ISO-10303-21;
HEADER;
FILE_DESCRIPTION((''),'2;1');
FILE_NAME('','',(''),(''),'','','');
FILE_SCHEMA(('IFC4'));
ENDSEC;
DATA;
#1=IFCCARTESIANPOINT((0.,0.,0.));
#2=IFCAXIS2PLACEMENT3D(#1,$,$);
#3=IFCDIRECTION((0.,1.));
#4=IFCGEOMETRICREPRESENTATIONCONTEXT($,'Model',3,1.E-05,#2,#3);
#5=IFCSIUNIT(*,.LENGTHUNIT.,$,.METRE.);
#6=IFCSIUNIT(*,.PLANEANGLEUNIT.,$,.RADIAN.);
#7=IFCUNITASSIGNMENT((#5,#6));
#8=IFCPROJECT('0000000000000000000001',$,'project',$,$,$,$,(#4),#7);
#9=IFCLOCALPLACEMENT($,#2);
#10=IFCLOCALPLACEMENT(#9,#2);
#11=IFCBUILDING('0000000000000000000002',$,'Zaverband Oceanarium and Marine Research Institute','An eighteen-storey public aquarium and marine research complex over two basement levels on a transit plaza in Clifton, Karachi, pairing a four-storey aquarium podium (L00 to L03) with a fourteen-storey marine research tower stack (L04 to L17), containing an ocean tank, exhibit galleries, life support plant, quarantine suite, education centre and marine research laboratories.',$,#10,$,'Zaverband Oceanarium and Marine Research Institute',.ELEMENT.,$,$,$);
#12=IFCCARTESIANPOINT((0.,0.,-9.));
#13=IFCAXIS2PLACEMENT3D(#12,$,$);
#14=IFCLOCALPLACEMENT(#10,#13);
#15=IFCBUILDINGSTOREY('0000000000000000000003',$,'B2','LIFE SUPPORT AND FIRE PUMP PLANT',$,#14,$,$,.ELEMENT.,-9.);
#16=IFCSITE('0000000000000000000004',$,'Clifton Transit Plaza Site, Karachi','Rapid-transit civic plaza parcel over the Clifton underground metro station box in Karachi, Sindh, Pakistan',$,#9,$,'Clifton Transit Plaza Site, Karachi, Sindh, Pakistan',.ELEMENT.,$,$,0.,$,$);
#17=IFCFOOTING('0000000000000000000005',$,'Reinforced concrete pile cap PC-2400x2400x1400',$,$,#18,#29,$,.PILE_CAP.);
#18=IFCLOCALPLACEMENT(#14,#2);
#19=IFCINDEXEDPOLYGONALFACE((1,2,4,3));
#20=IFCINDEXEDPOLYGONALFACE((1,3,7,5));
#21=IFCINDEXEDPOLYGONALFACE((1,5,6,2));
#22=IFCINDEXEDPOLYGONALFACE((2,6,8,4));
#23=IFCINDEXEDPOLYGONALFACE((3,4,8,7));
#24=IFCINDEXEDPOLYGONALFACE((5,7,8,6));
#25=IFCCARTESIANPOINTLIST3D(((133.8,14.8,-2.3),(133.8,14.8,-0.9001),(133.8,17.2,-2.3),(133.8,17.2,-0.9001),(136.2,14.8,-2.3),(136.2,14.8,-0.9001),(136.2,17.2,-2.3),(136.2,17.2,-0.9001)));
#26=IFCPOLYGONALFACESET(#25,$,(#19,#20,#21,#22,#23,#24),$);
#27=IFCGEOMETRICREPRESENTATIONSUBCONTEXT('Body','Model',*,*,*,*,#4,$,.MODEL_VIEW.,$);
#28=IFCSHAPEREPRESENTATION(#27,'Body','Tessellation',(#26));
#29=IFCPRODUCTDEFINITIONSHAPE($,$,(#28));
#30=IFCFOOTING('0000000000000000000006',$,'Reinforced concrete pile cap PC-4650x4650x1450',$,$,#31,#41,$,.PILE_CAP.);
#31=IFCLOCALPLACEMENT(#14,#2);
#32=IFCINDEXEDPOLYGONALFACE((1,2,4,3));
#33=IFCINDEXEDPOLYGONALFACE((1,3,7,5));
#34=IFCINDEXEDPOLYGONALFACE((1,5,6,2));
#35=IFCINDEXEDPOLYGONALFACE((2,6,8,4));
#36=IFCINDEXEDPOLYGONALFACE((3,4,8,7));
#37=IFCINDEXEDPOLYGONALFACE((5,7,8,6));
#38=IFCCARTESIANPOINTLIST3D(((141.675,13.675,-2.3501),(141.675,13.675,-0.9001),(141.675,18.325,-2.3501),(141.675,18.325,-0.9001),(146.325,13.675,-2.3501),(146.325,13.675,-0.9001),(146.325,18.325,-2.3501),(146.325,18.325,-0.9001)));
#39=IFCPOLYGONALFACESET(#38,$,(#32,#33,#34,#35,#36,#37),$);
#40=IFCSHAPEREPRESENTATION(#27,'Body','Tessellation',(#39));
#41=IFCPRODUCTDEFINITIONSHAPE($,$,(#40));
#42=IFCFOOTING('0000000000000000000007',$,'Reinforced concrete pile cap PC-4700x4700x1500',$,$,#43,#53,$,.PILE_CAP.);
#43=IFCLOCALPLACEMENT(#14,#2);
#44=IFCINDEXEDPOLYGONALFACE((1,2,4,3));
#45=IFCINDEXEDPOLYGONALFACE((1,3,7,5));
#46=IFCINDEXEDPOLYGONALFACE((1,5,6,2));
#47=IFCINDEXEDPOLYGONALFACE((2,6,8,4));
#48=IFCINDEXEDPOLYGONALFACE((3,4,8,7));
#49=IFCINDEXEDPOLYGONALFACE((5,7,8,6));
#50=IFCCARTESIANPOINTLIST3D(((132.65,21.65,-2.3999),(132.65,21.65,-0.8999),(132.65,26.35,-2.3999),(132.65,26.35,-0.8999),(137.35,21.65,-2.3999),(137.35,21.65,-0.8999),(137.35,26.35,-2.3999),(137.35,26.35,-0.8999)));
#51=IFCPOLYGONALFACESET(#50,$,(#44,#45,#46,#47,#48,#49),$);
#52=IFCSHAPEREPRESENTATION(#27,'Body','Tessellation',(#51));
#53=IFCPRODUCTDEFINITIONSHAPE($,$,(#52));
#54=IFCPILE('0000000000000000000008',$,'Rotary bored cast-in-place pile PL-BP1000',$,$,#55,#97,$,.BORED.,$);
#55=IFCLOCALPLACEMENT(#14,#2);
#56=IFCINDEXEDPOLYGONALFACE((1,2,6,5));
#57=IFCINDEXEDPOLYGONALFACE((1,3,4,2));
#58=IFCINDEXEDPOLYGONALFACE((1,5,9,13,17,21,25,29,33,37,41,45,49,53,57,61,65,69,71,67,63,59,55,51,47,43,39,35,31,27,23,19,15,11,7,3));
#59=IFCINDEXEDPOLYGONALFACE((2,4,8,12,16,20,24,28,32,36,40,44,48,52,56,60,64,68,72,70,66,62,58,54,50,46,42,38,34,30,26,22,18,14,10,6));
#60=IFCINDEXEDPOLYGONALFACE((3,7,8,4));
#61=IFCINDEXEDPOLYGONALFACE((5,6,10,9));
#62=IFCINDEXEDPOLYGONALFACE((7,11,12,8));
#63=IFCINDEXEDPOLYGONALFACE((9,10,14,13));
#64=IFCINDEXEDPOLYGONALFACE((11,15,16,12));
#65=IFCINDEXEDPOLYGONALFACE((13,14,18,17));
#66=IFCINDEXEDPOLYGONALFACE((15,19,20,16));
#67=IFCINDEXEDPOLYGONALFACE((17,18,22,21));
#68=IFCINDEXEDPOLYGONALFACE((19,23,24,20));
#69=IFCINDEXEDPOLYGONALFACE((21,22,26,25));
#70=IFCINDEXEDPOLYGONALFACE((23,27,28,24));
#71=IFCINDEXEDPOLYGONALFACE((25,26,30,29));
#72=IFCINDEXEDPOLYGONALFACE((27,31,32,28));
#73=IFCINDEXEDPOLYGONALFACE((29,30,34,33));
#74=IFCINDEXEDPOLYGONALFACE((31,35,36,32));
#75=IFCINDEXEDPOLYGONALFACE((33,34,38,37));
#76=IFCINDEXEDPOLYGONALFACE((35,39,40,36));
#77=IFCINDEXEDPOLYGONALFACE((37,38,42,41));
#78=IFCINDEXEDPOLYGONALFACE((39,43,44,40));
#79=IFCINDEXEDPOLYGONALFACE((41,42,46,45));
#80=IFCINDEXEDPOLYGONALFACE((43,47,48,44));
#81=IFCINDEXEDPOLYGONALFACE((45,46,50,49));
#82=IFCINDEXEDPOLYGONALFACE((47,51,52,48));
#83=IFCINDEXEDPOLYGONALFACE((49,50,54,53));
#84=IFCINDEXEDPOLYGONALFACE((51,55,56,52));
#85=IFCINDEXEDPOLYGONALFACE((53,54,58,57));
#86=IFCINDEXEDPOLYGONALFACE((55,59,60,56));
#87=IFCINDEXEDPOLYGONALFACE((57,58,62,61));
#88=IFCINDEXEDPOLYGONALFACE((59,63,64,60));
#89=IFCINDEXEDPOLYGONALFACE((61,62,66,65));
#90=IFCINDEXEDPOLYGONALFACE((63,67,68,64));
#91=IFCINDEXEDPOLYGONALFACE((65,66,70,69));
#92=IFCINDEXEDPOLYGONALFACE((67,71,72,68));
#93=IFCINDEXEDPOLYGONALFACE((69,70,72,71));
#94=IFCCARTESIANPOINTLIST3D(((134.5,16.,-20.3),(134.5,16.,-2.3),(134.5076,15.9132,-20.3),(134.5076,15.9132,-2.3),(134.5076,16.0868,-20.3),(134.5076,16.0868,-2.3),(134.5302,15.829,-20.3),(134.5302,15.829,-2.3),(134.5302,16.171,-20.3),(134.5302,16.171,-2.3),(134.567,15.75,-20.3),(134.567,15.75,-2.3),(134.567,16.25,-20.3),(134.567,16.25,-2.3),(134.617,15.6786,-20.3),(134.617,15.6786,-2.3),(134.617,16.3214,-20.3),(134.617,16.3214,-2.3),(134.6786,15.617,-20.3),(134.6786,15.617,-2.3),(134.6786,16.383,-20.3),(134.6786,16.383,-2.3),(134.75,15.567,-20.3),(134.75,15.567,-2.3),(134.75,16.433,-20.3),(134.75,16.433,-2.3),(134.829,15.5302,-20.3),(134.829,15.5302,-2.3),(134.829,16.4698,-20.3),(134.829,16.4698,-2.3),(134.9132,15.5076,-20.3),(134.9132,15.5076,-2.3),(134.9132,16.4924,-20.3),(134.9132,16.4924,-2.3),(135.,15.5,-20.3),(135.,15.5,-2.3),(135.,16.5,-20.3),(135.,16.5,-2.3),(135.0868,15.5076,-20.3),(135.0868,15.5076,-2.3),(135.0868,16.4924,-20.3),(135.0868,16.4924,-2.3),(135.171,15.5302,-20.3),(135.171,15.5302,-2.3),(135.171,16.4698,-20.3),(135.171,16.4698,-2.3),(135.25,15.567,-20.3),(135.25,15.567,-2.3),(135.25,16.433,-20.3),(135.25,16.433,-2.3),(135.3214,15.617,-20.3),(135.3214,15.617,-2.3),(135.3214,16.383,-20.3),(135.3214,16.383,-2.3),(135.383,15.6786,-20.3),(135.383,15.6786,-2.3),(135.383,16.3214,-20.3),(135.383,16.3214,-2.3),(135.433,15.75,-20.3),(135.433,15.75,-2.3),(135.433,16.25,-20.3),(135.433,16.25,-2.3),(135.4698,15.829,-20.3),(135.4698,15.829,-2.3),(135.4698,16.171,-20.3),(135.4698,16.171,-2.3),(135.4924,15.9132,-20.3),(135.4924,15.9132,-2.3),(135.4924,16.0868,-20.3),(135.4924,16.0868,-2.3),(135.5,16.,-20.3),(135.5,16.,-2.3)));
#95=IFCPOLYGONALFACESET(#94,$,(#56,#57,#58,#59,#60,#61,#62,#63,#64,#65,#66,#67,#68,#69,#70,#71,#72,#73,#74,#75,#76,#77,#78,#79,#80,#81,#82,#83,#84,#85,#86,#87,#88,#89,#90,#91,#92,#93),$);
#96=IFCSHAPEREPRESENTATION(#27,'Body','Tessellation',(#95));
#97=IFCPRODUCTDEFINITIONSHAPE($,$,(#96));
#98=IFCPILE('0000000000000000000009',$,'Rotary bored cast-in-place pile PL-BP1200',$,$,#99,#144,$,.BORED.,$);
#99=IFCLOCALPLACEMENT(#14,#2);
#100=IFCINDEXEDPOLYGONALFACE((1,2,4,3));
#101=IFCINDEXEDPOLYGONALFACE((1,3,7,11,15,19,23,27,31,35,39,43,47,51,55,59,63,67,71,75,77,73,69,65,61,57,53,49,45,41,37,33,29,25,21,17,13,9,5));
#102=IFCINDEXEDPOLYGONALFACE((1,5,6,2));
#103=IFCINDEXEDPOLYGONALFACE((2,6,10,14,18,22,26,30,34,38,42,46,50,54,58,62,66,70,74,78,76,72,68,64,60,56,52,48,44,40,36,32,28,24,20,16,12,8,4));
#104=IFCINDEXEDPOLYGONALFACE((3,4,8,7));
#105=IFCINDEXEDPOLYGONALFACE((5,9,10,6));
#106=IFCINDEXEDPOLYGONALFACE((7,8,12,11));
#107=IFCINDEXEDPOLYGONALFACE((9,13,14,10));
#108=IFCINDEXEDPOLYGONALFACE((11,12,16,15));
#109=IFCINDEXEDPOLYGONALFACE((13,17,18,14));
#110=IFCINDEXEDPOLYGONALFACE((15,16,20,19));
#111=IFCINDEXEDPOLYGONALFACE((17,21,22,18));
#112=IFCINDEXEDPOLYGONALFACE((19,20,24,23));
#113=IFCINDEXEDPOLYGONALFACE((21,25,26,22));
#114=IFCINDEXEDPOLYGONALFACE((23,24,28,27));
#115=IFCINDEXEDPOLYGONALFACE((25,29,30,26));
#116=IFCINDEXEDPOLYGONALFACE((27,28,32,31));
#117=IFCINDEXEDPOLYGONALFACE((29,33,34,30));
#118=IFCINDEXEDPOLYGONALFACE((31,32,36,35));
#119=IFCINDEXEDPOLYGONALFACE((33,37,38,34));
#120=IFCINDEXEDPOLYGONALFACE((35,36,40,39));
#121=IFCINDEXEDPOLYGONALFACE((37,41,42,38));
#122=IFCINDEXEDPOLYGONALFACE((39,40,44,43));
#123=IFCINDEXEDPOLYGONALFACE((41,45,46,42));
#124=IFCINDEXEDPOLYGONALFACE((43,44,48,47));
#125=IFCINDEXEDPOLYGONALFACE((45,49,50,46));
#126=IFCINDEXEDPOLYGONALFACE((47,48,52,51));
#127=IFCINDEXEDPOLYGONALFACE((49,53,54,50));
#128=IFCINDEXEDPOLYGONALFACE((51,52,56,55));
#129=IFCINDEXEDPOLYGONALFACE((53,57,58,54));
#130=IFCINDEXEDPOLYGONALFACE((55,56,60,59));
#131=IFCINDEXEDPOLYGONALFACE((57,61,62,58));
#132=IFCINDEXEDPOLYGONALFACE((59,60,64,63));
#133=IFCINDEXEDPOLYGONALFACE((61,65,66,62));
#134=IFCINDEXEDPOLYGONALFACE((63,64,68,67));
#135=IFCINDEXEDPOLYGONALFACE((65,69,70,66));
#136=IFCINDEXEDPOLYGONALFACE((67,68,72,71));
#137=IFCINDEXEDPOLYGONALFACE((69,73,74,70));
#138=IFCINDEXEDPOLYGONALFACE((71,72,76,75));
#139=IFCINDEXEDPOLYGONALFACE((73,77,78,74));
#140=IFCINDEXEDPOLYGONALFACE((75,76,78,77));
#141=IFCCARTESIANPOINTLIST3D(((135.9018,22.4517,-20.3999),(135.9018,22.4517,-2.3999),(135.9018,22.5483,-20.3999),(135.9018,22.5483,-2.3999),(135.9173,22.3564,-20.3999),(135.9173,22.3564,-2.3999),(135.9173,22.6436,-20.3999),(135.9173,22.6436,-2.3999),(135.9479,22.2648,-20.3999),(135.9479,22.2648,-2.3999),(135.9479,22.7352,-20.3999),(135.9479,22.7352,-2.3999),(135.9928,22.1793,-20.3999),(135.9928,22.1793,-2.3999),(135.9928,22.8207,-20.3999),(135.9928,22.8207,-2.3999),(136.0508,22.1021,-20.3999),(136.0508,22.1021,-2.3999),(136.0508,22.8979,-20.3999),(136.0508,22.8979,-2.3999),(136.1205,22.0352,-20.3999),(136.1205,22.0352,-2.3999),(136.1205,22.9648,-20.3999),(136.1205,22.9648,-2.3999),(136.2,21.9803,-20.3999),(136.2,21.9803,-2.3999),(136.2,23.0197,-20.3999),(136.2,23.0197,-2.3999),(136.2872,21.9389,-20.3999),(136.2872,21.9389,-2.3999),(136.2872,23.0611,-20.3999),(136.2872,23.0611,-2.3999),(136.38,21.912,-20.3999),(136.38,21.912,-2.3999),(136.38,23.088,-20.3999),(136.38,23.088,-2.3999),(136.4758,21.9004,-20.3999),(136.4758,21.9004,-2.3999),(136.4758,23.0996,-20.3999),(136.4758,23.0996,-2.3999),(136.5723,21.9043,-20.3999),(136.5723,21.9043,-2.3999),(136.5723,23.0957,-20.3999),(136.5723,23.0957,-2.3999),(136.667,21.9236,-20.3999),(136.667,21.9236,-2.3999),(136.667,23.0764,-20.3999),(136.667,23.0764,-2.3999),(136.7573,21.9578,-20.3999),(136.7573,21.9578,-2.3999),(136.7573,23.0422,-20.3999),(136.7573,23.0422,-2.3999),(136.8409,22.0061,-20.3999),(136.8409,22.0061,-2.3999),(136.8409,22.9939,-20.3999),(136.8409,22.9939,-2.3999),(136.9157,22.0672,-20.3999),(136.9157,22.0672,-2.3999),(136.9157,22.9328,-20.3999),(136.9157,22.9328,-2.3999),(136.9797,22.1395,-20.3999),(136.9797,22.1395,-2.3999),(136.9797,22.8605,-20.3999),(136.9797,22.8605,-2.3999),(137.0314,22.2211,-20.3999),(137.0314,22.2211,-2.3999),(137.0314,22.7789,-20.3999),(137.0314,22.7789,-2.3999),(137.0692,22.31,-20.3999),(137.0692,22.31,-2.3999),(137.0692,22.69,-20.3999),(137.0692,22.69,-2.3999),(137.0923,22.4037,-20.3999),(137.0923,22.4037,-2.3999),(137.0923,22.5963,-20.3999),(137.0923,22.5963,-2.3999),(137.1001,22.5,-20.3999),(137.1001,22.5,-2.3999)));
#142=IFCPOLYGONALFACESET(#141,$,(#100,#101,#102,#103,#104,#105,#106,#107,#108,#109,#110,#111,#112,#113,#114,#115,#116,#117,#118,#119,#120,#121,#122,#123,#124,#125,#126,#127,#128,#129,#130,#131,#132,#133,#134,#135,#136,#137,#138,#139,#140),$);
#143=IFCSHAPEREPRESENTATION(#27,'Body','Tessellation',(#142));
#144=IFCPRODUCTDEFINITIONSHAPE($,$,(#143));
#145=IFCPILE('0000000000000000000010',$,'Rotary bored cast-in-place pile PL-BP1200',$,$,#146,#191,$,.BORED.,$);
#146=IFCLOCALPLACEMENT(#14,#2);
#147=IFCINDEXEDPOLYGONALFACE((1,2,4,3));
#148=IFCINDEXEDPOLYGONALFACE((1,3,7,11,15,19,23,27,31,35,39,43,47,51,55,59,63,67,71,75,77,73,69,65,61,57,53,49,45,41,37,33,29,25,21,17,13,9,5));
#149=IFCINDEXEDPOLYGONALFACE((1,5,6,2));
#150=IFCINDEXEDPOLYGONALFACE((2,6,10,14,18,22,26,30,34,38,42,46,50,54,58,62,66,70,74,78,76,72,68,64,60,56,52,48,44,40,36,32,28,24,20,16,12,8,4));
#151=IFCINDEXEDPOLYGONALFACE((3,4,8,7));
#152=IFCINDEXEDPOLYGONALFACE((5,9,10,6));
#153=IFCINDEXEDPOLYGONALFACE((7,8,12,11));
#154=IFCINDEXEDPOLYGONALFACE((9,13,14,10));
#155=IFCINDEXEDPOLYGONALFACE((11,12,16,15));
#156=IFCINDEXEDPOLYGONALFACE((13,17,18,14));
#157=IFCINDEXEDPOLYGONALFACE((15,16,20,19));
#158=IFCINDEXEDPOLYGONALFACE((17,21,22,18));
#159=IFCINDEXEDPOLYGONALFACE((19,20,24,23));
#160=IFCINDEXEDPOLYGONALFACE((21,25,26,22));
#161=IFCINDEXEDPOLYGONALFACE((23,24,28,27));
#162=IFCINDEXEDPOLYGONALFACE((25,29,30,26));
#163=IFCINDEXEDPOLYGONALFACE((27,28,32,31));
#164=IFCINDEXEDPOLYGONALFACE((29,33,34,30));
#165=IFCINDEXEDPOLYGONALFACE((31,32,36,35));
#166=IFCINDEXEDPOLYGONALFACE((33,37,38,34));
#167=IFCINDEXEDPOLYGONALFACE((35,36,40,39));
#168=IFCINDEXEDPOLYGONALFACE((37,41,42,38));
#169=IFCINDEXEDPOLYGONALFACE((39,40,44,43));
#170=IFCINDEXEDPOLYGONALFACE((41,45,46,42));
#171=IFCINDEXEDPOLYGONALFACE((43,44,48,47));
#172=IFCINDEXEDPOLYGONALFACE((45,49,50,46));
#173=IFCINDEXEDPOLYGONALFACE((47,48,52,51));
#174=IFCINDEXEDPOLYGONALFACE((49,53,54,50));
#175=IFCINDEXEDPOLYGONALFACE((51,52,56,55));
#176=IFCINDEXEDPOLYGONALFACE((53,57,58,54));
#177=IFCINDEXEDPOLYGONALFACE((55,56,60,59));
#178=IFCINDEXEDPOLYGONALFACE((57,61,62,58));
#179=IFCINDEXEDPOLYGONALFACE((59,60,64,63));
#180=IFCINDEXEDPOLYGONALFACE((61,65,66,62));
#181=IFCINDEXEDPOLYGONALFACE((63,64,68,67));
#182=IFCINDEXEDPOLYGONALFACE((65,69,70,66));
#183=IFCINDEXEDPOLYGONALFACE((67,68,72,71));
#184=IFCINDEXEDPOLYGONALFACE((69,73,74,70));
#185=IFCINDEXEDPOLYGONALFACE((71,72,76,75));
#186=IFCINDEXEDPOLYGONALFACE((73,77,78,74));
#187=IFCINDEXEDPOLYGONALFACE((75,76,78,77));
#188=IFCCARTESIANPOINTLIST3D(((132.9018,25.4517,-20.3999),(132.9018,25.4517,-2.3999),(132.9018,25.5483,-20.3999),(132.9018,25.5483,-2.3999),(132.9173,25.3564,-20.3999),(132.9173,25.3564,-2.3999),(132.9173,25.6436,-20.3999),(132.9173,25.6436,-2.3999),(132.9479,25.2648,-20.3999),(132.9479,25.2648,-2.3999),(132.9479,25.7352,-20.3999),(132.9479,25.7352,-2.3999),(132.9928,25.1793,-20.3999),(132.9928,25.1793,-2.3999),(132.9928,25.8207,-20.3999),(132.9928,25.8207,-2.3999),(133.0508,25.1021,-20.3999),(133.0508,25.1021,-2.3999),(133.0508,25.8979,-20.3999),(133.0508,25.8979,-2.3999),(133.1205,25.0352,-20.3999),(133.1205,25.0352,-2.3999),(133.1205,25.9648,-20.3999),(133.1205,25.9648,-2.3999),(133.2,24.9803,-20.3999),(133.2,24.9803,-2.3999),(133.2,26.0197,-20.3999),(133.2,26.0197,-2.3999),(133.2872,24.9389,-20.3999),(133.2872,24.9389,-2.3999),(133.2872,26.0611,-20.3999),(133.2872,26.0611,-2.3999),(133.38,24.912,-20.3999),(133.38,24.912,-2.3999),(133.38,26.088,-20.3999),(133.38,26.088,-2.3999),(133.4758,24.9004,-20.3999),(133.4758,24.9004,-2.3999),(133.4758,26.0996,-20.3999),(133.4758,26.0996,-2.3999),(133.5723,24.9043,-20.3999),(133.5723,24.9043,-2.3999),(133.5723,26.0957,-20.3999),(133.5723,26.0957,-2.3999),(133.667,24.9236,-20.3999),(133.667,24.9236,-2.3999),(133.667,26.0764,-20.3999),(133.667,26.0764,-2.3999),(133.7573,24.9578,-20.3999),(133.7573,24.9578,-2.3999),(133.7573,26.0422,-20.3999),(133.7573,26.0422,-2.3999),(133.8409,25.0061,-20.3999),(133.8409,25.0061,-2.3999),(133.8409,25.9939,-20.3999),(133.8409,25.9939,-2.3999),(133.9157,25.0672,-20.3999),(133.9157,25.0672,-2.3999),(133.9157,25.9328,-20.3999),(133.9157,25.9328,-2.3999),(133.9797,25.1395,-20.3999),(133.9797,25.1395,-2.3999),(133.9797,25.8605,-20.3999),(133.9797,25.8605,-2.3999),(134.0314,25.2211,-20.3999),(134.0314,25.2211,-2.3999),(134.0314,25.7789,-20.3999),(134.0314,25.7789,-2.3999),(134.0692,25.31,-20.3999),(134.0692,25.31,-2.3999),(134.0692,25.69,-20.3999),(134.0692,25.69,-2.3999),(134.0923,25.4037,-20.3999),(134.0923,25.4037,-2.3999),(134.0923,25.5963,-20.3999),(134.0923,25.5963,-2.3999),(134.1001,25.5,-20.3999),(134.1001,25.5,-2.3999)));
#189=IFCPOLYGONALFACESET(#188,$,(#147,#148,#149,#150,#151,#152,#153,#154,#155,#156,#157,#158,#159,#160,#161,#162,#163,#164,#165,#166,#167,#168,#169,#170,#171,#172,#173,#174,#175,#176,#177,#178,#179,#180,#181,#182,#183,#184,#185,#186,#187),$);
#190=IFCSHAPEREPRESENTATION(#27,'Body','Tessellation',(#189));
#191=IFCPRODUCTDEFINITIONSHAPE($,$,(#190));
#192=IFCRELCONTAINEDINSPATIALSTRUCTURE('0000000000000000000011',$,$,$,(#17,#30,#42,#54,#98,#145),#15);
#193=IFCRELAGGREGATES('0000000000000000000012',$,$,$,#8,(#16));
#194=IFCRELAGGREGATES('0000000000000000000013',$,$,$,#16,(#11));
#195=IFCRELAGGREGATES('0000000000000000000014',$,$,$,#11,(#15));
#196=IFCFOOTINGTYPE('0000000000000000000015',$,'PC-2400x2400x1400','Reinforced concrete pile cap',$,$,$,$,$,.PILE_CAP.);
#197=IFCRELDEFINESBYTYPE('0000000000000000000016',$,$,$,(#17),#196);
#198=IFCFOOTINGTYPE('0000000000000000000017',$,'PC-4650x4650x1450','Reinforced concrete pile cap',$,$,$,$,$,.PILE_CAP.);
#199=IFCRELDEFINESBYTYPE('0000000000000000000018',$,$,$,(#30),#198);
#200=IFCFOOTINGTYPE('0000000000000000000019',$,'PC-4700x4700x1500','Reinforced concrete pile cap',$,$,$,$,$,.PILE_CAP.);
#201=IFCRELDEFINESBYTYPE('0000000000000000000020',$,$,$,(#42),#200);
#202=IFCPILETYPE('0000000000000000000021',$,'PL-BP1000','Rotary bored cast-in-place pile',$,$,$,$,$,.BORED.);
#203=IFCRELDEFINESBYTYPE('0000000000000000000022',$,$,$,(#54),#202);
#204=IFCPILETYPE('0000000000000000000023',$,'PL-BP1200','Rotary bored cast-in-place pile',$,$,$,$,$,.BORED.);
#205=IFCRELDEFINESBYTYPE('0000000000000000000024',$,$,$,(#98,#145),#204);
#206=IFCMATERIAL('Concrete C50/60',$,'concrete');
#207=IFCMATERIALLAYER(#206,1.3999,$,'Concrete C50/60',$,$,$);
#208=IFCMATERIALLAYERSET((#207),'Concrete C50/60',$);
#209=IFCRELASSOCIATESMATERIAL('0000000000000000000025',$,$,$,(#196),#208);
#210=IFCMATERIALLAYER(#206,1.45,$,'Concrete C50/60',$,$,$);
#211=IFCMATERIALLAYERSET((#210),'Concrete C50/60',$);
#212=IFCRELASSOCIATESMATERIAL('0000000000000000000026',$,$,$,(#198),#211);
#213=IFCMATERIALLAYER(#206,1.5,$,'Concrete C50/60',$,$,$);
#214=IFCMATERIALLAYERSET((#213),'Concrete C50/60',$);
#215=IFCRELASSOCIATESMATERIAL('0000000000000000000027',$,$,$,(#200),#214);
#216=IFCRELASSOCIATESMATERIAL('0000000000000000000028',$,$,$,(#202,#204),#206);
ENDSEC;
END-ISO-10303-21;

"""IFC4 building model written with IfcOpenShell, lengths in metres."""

from ifc_helpers import new_model, si_unit, direction, frame, origin, origin_2d, place, context, subcontext, project, spatial, rectangle, circle, extrude, material, layer, layer_set, material_profile, profile_set, type_object, element, save


model = new_model("IFC4")

# Units and contexts
model_context = context("Model", 3, precision=1e-05, world=origin(), true_north=direction((0.0, 1.0)))
body_context = subcontext(model_context, "Body", "Model", "MODEL_VIEW")
ifc_project = project(units=[si_unit("LENGTHUNIT", "METRE"), si_unit("PLANEANGLEUNIT", "RADIAN")], contexts=[model_context])

# Site, building, storey
site_placement = place(None, origin())
site = spatial("IfcSite", under=ifc_project, at=site_placement, Name="Clifton Transit Plaza Site, Karachi", Description="Rapid-transit civic plaza parcel over the Clifton underground metro station box in Karachi, Sindh, Pakistan", LongName="Clifton Transit Plaza Site, Karachi, Sindh, Pakistan", CompositionType="ELEMENT", RefElevation=0.0)
building_placement = place(site_placement, origin())
building = spatial("IfcBuilding", under=site, at=building_placement, Name="Zaverband Oceanarium and Marine Research Institute", Description="An eighteen-storey public aquarium and marine research complex over two basement levels on a transit plaza in Clifton, Karachi, pairing a four-storey aquarium podium (L00 to L03) with a fourteen-storey marine research tower stack (L04 to L17), containing an ocean tank, exhibit galleries, life support plant, quarantine suite, education centre and marine research laboratories.", LongName="Zaverband Oceanarium and Marine Research Institute", CompositionType="ELEMENT")
storey_placement = place(building_placement, frame((0.0, 0.0, -9.0)))
storey = spatial("IfcBuildingStorey", under=building, at=storey_placement, Name="B2", Description="LIFE SUPPORT AND FIRE PUMP PLANT", CompositionType="ELEMENT", Elevation=-9.0)

# Footings
ifc_material_1 = material(Name="Concrete C50/60", Category="concrete")
ifc_layer_1 = layer(ifc_material_1, 1.3999, Name="Concrete C50/60")
ifc_layer_set_1 = layer_set([ifc_layer_1], Name="Concrete C50/60")
footing_type_1 = type_object("IfcFootingType", Name="PC-2400x2400x1400", Description="Reinforced concrete pile cap", PredefinedType="PILE_CAP", material=ifc_layer_set_1)
footing_1_placement = place(storey_placement, frame((135.0, 16.0, -2.3), z_axis=(0.0, 0.0, 1.0), x_axis=(1.0, 0.0, 0.0)))
element("IfcFooting", 1, at=footing_1_placement, inside=storey, type_object=footing_type_1, Name="Reinforced concrete pile cap PC-2400x2400x1400", PredefinedType="PILE_CAP", context=body_context, shape_type="SweptSolid", body=[
    extrude(rectangle(XDim=2.3999, YDim=2.3999, at=origin_2d()), origin(), (0.0, 0.0, 1.0), 1.3999),
])
ifc_layer_2 = layer(ifc_material_1, 1.45, Name="Concrete C50/60")
ifc_layer_set_2 = layer_set([ifc_layer_2], Name="Concrete C50/60")
footing_type_2 = type_object("IfcFootingType", Name="PC-4650x4650x1450", Description="Reinforced concrete pile cap", PredefinedType="PILE_CAP", material=ifc_layer_set_2)
footing_2_placement = place(storey_placement, frame((144.0, 16.0, -2.3501), z_axis=(0.0, 0.0, 1.0), x_axis=(1.0, 0.0, 0.0)))
element("IfcFooting", 2, at=footing_2_placement, inside=storey, type_object=footing_type_2, Name="Reinforced concrete pile cap PC-4650x4650x1450", PredefinedType="PILE_CAP", context=body_context, shape_type="SweptSolid", body=[
    extrude(rectangle(XDim=4.6499, YDim=4.6499, at=origin_2d()), origin(), (0.0, 0.0, 1.0), 1.45),
])
ifc_layer_3 = layer(ifc_material_1, 1.5, Name="Concrete C50/60")
ifc_layer_set_3 = layer_set([ifc_layer_3], Name="Concrete C50/60")
footing_type_3 = type_object("IfcFootingType", Name="PC-4700x4700x1500", Description="Reinforced concrete pile cap", PredefinedType="PILE_CAP", material=ifc_layer_set_3)
footing_3_placement = place(storey_placement, frame((135.0, 24.0, -2.3999), z_axis=(0.0, 0.0, 1.0), x_axis=(1.0, 0.0, 0.0)))
element("IfcFooting", 3, at=footing_3_placement, inside=storey, type_object=footing_type_3, Name="Reinforced concrete pile cap PC-4700x4700x1500", PredefinedType="PILE_CAP", context=body_context, shape_type="SweptSolid", body=[
    extrude(rectangle(XDim=4.7, YDim=4.7, at=origin_2d()), origin(), (0.0, 0.0, 1.0), 1.5),
])

# Piles
ifc_material_profile_1 = material_profile(ifc_material_1, circle(Radius=0.5, at=origin_2d()), Name="BP1000")
ifc_profile_set_1 = profile_set([ifc_material_profile_1], Name="Concrete C50/60")
pile_type_1 = type_object("IfcPileType", Name="PL-BP1000", Description="Rotary bored cast-in-place pile", PredefinedType="BORED", material=ifc_profile_set_1)
pile_placement = place(storey_placement, frame((135.0, 16.0, -2.3), z_axis=(0.0, 0.0, -1.0), x_axis=(1.0, 0.0, 0.0)))
element("IfcPile", 4, at=pile_placement, inside=storey, type_object=pile_type_1, Name="Rotary bored cast-in-place pile PL-BP1000", PredefinedType="BORED", context=body_context, shape_type="SweptSolid", body=[
    extrude(circle(Radius=0.5, at=origin_2d()), origin(), (0.0, 0.0, 1.0), 18.0),
])
ifc_material_profile_2 = material_profile(ifc_material_1, circle(Radius=0.6001, at=origin_2d()), Name="BP1200")
ifc_profile_set_2 = profile_set([ifc_material_profile_2], Name="Concrete C50/60")
pile_type_2 = type_object("IfcPileType", Name="PL-BP1200", Description="Rotary bored cast-in-place pile", PredefinedType="BORED", material=ifc_profile_set_2)
for number, where, z_axis, x_axis, name in (
    (5, (136.5, 22.5, -2.3999), (0.0, 0.0, -1.0), (1.0, 0.0, 0.0), "Rotary bored cast-in-place pile PL-BP1200"),
    (6, (133.5, 25.5, -2.3999), (0.0, 0.0, -1.0), (1.0, 0.0, 0.0), "Rotary bored cast-in-place pile PL-BP1200"),
):
    element("IfcPile", number, at=place(storey_placement, frame(where, z_axis=z_axis, x_axis=x_axis)), inside=storey, type_object=pile_type_2, Name=name, PredefinedType="BORED", context=body_context, shape_type="SweptSolid", body=[
        extrude(circle(Radius=0.6001, at=origin_2d()), origin(), (0.0, 0.0, 1.0), 18.0),
    ])

save(model, "model.ifc")
